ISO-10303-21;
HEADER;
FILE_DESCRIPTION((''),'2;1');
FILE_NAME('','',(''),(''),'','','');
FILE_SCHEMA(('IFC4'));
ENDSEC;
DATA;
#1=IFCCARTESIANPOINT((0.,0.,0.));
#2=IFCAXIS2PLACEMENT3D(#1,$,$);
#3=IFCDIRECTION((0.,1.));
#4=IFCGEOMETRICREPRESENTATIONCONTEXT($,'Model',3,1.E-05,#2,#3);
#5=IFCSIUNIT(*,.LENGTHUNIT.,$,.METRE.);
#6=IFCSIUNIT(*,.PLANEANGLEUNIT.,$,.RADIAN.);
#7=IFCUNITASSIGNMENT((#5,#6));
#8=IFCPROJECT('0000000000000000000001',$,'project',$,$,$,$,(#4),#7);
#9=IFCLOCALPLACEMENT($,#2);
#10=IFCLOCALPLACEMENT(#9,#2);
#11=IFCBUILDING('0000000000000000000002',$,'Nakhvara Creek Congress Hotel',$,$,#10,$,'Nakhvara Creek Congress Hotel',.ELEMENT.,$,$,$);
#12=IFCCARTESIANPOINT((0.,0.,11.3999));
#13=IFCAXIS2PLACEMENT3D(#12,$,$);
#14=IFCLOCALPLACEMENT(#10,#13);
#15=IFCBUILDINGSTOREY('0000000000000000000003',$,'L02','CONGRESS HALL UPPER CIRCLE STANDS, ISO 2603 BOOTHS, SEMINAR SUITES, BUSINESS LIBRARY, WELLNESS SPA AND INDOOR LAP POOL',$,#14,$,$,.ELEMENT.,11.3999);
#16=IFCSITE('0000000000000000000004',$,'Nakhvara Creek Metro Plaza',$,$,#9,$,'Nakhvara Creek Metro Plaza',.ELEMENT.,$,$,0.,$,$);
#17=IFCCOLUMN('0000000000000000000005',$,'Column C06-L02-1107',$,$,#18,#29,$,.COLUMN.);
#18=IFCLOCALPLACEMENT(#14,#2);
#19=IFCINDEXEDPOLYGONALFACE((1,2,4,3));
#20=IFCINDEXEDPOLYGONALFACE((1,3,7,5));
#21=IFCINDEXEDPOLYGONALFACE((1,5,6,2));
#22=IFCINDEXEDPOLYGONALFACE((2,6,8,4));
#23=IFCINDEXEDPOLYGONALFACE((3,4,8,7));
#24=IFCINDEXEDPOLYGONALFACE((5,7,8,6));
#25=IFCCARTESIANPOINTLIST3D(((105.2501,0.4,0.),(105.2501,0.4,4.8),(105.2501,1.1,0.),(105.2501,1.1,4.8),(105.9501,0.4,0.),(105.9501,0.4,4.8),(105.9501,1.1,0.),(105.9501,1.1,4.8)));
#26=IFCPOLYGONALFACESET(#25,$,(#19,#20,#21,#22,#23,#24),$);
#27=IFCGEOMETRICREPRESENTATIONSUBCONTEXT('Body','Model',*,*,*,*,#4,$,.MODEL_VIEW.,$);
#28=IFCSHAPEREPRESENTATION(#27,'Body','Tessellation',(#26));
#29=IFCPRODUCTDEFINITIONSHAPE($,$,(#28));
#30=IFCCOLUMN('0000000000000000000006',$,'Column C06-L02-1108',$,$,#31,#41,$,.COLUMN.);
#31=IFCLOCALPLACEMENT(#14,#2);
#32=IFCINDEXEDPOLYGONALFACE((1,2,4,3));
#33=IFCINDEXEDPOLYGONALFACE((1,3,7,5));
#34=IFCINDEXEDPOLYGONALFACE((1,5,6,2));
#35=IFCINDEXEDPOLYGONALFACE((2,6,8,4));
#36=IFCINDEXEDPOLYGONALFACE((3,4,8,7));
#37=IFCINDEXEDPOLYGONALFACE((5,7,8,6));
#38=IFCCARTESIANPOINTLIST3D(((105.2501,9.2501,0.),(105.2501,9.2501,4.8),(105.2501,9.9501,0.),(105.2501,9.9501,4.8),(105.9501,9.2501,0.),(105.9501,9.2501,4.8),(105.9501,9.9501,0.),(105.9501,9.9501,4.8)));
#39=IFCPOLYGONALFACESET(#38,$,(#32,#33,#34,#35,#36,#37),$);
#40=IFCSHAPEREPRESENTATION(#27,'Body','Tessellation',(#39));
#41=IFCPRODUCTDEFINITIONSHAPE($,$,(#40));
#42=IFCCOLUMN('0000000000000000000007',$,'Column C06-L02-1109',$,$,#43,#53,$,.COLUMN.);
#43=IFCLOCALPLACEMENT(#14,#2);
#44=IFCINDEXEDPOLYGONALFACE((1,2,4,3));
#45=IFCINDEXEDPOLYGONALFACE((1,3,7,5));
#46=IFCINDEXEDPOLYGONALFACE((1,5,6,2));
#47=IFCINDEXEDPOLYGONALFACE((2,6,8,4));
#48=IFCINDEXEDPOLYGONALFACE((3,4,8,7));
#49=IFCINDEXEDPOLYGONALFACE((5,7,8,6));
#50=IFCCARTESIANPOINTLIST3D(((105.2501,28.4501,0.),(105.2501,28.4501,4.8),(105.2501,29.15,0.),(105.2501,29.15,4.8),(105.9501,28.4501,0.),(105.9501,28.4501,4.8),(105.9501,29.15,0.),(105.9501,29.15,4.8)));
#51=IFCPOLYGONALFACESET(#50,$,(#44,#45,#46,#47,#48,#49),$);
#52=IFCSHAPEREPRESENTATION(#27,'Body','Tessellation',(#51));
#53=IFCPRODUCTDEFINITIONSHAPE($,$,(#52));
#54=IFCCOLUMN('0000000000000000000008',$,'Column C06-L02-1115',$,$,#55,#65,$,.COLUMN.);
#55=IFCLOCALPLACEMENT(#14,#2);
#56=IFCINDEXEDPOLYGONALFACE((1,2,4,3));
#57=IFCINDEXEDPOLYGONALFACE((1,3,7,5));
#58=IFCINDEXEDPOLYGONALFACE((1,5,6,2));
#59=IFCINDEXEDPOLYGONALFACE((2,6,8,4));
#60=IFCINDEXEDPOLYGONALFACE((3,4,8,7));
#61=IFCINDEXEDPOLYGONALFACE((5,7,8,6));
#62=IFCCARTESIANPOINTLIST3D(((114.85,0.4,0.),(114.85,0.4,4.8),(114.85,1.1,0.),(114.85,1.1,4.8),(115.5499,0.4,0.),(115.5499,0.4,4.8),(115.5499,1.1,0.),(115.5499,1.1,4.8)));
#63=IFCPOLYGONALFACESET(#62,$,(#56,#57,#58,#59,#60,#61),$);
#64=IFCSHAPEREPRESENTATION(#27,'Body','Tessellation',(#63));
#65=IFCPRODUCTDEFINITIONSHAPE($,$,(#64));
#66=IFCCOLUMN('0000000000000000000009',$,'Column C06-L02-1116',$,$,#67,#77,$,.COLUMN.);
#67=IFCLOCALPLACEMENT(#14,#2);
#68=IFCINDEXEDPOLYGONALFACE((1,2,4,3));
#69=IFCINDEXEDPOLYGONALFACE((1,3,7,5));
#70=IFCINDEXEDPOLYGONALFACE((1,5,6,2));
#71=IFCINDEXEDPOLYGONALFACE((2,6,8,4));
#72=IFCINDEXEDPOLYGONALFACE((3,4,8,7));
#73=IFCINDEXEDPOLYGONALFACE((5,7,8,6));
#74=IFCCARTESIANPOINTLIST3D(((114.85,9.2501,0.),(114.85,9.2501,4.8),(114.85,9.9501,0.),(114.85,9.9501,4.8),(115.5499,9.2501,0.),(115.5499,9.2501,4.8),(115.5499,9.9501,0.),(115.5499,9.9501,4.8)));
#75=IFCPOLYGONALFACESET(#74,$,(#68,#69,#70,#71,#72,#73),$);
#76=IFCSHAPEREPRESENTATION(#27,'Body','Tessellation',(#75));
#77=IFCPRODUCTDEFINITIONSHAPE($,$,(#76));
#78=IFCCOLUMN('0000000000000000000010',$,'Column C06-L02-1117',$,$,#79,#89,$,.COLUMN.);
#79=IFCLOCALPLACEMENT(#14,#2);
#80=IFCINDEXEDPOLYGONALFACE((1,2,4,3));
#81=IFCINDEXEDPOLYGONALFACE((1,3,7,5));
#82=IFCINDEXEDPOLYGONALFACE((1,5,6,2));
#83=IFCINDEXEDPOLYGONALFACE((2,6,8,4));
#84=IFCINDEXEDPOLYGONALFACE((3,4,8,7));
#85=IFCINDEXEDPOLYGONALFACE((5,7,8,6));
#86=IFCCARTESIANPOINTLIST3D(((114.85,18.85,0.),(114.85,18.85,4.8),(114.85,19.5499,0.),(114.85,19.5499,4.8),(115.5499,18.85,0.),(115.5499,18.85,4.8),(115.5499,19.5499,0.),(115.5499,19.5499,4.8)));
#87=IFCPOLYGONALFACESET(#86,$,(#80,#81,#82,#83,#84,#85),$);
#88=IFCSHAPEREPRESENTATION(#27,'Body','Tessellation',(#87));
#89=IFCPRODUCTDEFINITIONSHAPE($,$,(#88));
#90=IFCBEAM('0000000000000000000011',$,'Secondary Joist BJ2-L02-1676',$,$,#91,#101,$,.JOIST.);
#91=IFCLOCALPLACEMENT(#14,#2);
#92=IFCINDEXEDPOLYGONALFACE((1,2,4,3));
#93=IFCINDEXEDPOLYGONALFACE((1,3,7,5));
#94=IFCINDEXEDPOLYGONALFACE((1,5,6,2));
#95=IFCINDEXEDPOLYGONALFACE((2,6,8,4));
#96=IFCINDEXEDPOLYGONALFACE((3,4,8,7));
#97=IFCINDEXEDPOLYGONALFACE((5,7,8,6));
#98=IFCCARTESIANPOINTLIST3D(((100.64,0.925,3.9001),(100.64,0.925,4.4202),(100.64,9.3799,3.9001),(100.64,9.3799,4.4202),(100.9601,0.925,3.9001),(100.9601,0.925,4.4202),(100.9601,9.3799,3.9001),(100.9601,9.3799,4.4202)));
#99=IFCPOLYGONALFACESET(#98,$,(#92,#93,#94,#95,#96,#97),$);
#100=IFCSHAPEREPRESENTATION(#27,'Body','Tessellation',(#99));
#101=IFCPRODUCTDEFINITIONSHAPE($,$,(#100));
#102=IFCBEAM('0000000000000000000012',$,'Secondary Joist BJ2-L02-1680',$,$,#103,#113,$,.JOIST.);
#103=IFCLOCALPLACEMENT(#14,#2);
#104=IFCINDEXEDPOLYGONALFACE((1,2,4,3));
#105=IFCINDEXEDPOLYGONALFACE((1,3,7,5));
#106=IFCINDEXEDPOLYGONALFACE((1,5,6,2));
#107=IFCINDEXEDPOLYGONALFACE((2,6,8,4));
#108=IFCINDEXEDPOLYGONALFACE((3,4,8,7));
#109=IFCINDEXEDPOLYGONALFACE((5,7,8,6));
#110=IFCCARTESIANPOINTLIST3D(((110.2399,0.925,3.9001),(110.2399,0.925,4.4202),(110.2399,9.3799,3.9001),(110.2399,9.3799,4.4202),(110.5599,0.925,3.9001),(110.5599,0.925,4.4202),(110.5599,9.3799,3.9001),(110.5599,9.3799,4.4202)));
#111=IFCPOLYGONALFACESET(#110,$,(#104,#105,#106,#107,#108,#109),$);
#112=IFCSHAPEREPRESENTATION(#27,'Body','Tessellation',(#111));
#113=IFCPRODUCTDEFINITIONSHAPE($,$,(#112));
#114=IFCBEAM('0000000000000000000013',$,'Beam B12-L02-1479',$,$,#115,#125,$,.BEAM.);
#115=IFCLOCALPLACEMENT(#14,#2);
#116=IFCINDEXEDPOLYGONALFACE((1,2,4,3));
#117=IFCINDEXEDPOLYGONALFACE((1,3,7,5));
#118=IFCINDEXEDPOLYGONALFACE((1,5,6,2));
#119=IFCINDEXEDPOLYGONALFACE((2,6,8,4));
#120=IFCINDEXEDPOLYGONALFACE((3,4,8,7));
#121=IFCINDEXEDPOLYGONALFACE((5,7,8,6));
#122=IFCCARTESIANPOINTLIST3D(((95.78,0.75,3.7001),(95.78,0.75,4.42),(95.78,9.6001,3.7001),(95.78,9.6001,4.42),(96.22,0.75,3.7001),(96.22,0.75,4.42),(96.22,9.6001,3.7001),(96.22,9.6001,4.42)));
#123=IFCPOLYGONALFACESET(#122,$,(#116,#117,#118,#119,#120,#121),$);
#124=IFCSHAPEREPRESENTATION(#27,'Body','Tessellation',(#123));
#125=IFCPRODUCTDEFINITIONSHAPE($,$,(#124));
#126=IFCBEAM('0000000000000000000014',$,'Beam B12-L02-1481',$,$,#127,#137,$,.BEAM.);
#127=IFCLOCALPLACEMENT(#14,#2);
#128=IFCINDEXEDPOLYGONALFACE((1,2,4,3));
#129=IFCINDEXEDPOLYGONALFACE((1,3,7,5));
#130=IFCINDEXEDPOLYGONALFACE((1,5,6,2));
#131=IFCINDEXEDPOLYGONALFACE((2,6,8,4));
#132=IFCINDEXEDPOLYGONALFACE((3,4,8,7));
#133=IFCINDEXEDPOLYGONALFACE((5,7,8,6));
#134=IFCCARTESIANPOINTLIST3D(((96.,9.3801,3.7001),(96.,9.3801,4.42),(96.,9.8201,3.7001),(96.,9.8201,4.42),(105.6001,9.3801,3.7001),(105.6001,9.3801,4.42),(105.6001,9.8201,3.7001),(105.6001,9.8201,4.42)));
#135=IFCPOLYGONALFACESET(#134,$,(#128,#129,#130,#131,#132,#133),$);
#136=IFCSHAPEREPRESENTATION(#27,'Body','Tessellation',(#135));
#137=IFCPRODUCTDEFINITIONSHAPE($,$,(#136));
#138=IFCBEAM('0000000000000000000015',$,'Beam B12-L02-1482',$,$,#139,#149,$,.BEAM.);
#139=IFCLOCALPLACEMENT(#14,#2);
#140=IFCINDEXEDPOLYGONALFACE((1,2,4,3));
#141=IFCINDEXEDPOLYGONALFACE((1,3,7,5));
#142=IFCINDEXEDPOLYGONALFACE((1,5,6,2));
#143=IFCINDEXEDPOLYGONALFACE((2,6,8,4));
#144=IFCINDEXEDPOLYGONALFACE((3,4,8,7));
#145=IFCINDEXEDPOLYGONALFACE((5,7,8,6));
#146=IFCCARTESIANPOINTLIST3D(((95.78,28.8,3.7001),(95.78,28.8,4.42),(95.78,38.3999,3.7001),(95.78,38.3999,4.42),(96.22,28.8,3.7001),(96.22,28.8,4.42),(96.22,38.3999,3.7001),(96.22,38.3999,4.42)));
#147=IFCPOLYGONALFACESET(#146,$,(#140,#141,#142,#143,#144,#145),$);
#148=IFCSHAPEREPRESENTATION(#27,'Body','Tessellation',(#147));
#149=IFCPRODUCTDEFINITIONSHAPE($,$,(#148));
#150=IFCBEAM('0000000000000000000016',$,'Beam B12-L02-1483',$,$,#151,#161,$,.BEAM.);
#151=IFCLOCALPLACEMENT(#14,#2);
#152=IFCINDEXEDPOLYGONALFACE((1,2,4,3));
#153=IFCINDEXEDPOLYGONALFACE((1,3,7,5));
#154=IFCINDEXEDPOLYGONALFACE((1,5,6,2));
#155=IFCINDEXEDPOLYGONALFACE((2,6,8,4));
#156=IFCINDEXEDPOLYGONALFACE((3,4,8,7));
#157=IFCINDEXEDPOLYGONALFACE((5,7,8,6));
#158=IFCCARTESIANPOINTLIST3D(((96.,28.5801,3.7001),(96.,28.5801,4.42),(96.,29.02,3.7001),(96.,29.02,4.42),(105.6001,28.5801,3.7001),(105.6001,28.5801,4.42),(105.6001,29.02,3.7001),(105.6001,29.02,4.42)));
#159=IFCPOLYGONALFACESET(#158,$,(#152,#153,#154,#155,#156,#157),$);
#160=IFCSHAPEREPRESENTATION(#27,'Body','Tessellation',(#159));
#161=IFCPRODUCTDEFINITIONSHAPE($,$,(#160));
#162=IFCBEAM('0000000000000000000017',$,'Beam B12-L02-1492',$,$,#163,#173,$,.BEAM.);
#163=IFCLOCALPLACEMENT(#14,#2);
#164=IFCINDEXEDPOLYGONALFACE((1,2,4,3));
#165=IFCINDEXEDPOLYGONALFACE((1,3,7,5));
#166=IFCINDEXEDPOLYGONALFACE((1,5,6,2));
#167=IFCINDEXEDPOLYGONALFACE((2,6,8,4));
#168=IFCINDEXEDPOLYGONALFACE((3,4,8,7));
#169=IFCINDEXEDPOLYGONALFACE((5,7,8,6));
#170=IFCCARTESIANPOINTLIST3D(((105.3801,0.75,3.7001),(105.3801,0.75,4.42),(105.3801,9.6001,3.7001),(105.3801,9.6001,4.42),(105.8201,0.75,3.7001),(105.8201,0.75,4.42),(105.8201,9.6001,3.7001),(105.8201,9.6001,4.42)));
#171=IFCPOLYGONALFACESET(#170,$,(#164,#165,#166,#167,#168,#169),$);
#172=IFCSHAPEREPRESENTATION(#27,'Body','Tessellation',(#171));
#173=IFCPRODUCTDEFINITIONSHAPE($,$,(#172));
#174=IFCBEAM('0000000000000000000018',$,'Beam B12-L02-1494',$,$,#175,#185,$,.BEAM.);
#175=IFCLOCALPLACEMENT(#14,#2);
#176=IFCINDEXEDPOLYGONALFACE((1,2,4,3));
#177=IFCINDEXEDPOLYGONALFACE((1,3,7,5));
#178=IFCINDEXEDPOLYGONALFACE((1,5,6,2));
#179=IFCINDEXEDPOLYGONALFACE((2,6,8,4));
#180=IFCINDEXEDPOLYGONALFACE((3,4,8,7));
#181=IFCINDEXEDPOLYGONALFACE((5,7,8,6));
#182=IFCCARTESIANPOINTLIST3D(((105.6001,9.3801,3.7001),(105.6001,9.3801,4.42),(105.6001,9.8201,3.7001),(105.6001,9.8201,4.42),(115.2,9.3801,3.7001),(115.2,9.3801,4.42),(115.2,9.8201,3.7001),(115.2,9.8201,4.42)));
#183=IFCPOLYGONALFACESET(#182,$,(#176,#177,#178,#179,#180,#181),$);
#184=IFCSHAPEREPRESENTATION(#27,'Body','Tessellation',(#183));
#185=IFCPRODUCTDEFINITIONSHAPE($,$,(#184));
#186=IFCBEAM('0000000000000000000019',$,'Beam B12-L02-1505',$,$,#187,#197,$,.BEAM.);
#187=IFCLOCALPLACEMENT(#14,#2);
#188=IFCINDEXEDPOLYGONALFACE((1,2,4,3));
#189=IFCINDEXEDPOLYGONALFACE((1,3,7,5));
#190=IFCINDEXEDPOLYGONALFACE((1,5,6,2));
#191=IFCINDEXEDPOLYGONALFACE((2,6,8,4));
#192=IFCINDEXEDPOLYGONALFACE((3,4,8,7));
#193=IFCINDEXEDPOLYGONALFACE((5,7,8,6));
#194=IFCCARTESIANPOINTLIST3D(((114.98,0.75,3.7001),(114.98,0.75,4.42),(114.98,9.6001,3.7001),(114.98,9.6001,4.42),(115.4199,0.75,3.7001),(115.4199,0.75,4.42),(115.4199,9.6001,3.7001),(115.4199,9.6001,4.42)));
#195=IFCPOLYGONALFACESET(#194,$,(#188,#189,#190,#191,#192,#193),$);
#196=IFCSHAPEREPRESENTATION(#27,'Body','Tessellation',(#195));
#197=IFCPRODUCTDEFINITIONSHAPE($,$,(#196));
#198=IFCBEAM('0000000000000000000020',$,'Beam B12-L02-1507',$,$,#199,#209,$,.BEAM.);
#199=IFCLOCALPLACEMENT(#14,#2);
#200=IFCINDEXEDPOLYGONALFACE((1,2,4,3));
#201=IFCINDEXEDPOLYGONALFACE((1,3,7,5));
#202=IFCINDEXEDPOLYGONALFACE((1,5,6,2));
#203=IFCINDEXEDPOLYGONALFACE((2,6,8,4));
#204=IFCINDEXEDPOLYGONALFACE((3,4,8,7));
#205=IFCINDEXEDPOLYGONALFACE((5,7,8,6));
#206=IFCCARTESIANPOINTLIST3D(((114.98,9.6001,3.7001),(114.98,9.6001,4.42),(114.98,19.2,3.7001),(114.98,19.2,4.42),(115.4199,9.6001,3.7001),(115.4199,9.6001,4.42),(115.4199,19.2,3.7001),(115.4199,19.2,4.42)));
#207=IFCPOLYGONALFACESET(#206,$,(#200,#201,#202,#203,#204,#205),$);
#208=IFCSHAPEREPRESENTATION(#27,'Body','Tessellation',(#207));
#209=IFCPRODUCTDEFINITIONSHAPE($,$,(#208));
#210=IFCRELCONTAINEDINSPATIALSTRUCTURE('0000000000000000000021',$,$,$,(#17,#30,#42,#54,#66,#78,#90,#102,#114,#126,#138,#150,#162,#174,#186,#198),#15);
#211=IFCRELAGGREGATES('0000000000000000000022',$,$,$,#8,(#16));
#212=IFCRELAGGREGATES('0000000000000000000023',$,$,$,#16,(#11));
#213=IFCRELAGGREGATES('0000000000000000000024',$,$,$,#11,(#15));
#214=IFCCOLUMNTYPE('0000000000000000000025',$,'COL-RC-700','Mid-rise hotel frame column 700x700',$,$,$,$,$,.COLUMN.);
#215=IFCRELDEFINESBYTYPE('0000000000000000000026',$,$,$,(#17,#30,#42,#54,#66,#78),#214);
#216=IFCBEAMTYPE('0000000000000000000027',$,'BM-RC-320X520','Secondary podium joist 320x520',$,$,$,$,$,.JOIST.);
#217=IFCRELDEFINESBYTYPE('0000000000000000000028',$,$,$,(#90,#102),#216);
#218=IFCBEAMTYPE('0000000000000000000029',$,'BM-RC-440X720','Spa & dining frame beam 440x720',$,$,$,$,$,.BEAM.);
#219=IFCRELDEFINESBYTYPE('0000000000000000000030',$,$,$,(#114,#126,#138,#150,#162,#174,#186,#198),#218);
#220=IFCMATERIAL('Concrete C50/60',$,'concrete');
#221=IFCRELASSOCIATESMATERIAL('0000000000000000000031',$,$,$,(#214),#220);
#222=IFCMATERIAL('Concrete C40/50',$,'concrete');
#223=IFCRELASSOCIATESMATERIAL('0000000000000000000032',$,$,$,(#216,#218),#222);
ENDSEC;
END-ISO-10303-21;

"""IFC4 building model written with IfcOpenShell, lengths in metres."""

from ifc_helpers import new_model, si_unit, direction, frame, origin, origin_2d, place, context, subcontext, project, spatial, rectangle, extrude, material, material_profile, profile_set, type_object, element, save


model = new_model("IFC4")

# Units and contexts
model_context = context("Model", 3, precision=1e-05, world=origin(), true_north=direction((0.0, 1.0)))
body_context = subcontext(model_context, "Body", "Model", "MODEL_VIEW")
ifc_project = project(units=[si_unit("LENGTHUNIT", "METRE"), si_unit("PLANEANGLEUNIT", "RADIAN")], contexts=[model_context])

# Site, building, storey
site_placement = place(None, origin())
site = spatial("IfcSite", under=ifc_project, at=site_placement, Name="Nakhvara Creek Metro Plaza", LongName="Nakhvara Creek Metro Plaza", CompositionType="ELEMENT", RefElevation=0.0)
building_placement = place(site_placement, origin())
building = spatial("IfcBuilding", under=site, at=building_placement, Name="Nakhvara Creek Congress Hotel", LongName="Nakhvara Creek Congress Hotel", CompositionType="ELEMENT")
storey_placement = place(building_placement, frame((0.0, 0.0, 11.3999)))
storey = spatial("IfcBuildingStorey", under=building, at=storey_placement, Name="L02", Description="CONGRESS HALL UPPER CIRCLE STANDS, ISO 2603 BOOTHS, SEMINAR SUITES, BUSINESS LIBRARY, WELLNESS SPA AND INDOOR LAP POOL", CompositionType="ELEMENT", Elevation=11.3999)

# Columns
ifc_material_1 = material(Name="Concrete C50/60", Category="concrete")
ifc_material_profile_1 = material_profile(ifc_material_1, rectangle(XDim=0.7, YDim=0.7, at=origin_2d()), Name="RC-COL 700x700", Category="LoadBearing")
ifc_profile_set_1 = profile_set([ifc_material_profile_1], Name="Concrete C50/60")
column_type = type_object("IfcColumnType", Name="COL-RC-700", Description="Mid-rise hotel frame column 700x700", PredefinedType="COLUMN", material=ifc_profile_set_1)
for number, where, z_axis, x_axis, name in (
    (1, (105.6001, 0.75, 0.0), (0.0, 0.0, 1.0), (1.0, 0.0, 0.0), "Column C06-L02-1107"),
    (2, (105.6001, 9.6001, 0.0), (0.0, 0.0, 1.0), (1.0, 0.0, 0.0), "Column C06-L02-1108"),
    (3, (105.6001, 28.8, 0.0), (0.0, 0.0, 1.0), (1.0, 0.0, 0.0), "Column C06-L02-1109"),
    (4, (115.2, 0.75, 0.0), (0.0, 0.0, 1.0), (1.0, 0.0, 0.0), "Column C06-L02-1115"),
    (5, (115.2, 9.6001, 0.0), (0.0, 0.0, 1.0), (1.0, 0.0, 0.0), "Column C06-L02-1116"),
    (6, (115.2, 19.2, 0.0), (0.0, 0.0, 1.0), (1.0, 0.0, 0.0), "Column C06-L02-1117"),
):
    element("IfcColumn", number, at=place(storey_placement, frame(where, z_axis=z_axis, x_axis=x_axis)), inside=storey, type_object=column_type, Name=name, PredefinedType="COLUMN", context=body_context, shape_type="SweptSolid", body=[
        extrude(rectangle(XDim=0.7, YDim=0.7, at=origin_2d()), origin(), (0.0, 0.0, 1.0), 4.8),
    ])

# Beams
ifc_material_2 = material(Name="Concrete C40/50", Category="concrete")
ifc_material_profile_2 = material_profile(ifc_material_2, rectangle(XDim=0.3201, YDim=0.52, at=origin_2d()), Name="RC-BM 320x520", Category="LoadBearing")
ifc_profile_set_2 = profile_set([ifc_material_profile_2], Name="Concrete C40/50")
beam_type_1 = type_object("IfcBeamType", Name="BM-RC-320X520", Description="Secondary podium joist 320x520", PredefinedType="JOIST", material=ifc_profile_set_2)
for number, where, z_axis, x_axis, name in (
    (7, (100.8, 0.925, 4.1602), (0.0, 1.0, 0.0), (-1.0, 0.0, 0.0), "Secondary Joist BJ2-L02-1676"),
    (8, (110.3999, 0.925, 4.1602), (0.0, 1.0, 0.0), (-1.0, 0.0, 0.0), "Secondary Joist BJ2-L02-1680"),
):
    element("IfcBeam", number, at=place(storey_placement, frame(where, z_axis=z_axis, x_axis=x_axis)), inside=storey, type_object=beam_type_1, Name=name, PredefinedType="JOIST", context=body_context, shape_type="SweptSolid", body=[
        extrude(rectangle(XDim=0.3201, YDim=0.52, at=origin_2d()), origin(), (0.0, 0.0, 1.0), 8.4548),
    ])
ifc_material_profile_3 = material_profile(ifc_material_2, rectangle(XDim=0.4399, YDim=0.72, at=origin_2d()), Name="RC-BM 440x720", Category="LoadBearing")
ifc_profile_set_3 = profile_set([ifc_material_profile_3], Name="Concrete C40/50")
beam_type_2 = type_object("IfcBeamType", Name="BM-RC-440X720", Description="Spa & dining frame beam 440x720", PredefinedType="BEAM", material=ifc_profile_set_3)
beam_1_placement = place(storey_placement, frame((96.0, 0.75, 4.0601), z_axis=(0.0, 1.0, 0.0), x_axis=(-1.0, 0.0, 0.0)))
element("IfcBeam", 9, at=beam_1_placement, inside=storey, type_object=beam_type_2, Name="Beam B12-L02-1479", PredefinedType="BEAM", context=body_context, shape_type="SweptSolid", body=[
    extrude(rectangle(XDim=0.4399, YDim=0.72, at=origin_2d()), origin(), (0.0, 0.0, 1.0), 8.8501),
])
beam_2_placement = place(storey_placement, frame((96.0, 9.6001, 4.0601), z_axis=(1.0, 0.0, 0.0), x_axis=(0.0, 1.0, 0.0)))
element("IfcBeam", 10, at=beam_2_placement, inside=storey, type_object=beam_type_2, Name="Beam B12-L02-1481", PredefinedType="BEAM", context=body_context, shape_type="SweptSolid", body=[
    extrude(rectangle(XDim=0.4399, YDim=0.72, at=origin_2d()), origin(), (0.0, 0.0, 1.0), 9.6001),
])
beam_3_placement = place(storey_placement, frame((96.0, 28.8, 4.0601), z_axis=(0.0, 1.0, 0.0), x_axis=(-1.0, 0.0, 0.0)))
element("IfcBeam", 11, at=beam_3_placement, inside=storey, type_object=beam_type_2, Name="Beam B12-L02-1482", PredefinedType="BEAM", context=body_context, shape_type="SweptSolid", body=[
    extrude(rectangle(XDim=0.4399, YDim=0.72, at=origin_2d()), origin(), (0.0, 0.0, 1.0), 9.5999),
])
beam_4_placement = place(storey_placement, frame((96.0, 28.8, 4.0601), z_axis=(1.0, 0.0, 0.0), x_axis=(0.0, 1.0, 0.0)))
element("IfcBeam", 12, at=beam_4_placement, inside=storey, type_object=beam_type_2, Name="Beam B12-L02-1483", PredefinedType="BEAM", context=body_context, shape_type="SweptSolid", body=[
    extrude(rectangle(XDim=0.4399, YDim=0.72, at=origin_2d()), origin(), (0.0, 0.0, 1.0), 9.6001),
])
beam_5_placement = place(storey_placement, frame((105.6001, 0.75, 4.0601), z_axis=(0.0, 1.0, 0.0), x_axis=(-1.0, 0.0, 0.0)))
element("IfcBeam", 13, at=beam_5_placement, inside=storey, type_object=beam_type_2, Name="Beam B12-L02-1492", PredefinedType="BEAM", context=body_context, shape_type="SweptSolid", body=[
    extrude(rectangle(XDim=0.4399, YDim=0.72, at=origin_2d()), origin(), (0.0, 0.0, 1.0), 8.8501),
])
beam_6_placement = place(storey_placement, frame((105.6001, 9.6001, 4.0601), z_axis=(1.0, 0.0, 0.0), x_axis=(0.0, 1.0, 0.0)))
element("IfcBeam", 14, at=beam_6_placement, inside=storey, type_object=beam_type_2, Name="Beam B12-L02-1494", PredefinedType="BEAM", context=body_context, shape_type="SweptSolid", body=[
    extrude(rectangle(XDim=0.4399, YDim=0.72, at=origin_2d()), origin(), (0.0, 0.0, 1.0), 9.5999),
])
beam_7_placement = place(storey_placement, frame((115.2, 0.75, 4.0601), z_axis=(0.0, 1.0, 0.0), x_axis=(-1.0, 0.0, 0.0)))
element("IfcBeam", 15, at=beam_7_placement, inside=storey, type_object=beam_type_2, Name="Beam B12-L02-1505", PredefinedType="BEAM", context=body_context, shape_type="SweptSolid", body=[
    extrude(rectangle(XDim=0.4399, YDim=0.72, at=origin_2d()), origin(), (0.0, 0.0, 1.0), 8.8501),
])
beam_8_placement = place(storey_placement, frame((115.2, 9.6001, 4.0601), z_axis=(0.0, 1.0, 0.0), x_axis=(-1.0, 0.0, 0.0)))
element("IfcBeam", 16, at=beam_8_placement, inside=storey, type_object=beam_type_2, Name="Beam B12-L02-1507", PredefinedType="BEAM", context=body_context, shape_type="SweptSolid", body=[
    extrude(rectangle(XDim=0.4399, YDim=0.72, at=origin_2d()), origin(), (0.0, 0.0, 1.0), 9.5999),
])

save(model, "model.ifc")
